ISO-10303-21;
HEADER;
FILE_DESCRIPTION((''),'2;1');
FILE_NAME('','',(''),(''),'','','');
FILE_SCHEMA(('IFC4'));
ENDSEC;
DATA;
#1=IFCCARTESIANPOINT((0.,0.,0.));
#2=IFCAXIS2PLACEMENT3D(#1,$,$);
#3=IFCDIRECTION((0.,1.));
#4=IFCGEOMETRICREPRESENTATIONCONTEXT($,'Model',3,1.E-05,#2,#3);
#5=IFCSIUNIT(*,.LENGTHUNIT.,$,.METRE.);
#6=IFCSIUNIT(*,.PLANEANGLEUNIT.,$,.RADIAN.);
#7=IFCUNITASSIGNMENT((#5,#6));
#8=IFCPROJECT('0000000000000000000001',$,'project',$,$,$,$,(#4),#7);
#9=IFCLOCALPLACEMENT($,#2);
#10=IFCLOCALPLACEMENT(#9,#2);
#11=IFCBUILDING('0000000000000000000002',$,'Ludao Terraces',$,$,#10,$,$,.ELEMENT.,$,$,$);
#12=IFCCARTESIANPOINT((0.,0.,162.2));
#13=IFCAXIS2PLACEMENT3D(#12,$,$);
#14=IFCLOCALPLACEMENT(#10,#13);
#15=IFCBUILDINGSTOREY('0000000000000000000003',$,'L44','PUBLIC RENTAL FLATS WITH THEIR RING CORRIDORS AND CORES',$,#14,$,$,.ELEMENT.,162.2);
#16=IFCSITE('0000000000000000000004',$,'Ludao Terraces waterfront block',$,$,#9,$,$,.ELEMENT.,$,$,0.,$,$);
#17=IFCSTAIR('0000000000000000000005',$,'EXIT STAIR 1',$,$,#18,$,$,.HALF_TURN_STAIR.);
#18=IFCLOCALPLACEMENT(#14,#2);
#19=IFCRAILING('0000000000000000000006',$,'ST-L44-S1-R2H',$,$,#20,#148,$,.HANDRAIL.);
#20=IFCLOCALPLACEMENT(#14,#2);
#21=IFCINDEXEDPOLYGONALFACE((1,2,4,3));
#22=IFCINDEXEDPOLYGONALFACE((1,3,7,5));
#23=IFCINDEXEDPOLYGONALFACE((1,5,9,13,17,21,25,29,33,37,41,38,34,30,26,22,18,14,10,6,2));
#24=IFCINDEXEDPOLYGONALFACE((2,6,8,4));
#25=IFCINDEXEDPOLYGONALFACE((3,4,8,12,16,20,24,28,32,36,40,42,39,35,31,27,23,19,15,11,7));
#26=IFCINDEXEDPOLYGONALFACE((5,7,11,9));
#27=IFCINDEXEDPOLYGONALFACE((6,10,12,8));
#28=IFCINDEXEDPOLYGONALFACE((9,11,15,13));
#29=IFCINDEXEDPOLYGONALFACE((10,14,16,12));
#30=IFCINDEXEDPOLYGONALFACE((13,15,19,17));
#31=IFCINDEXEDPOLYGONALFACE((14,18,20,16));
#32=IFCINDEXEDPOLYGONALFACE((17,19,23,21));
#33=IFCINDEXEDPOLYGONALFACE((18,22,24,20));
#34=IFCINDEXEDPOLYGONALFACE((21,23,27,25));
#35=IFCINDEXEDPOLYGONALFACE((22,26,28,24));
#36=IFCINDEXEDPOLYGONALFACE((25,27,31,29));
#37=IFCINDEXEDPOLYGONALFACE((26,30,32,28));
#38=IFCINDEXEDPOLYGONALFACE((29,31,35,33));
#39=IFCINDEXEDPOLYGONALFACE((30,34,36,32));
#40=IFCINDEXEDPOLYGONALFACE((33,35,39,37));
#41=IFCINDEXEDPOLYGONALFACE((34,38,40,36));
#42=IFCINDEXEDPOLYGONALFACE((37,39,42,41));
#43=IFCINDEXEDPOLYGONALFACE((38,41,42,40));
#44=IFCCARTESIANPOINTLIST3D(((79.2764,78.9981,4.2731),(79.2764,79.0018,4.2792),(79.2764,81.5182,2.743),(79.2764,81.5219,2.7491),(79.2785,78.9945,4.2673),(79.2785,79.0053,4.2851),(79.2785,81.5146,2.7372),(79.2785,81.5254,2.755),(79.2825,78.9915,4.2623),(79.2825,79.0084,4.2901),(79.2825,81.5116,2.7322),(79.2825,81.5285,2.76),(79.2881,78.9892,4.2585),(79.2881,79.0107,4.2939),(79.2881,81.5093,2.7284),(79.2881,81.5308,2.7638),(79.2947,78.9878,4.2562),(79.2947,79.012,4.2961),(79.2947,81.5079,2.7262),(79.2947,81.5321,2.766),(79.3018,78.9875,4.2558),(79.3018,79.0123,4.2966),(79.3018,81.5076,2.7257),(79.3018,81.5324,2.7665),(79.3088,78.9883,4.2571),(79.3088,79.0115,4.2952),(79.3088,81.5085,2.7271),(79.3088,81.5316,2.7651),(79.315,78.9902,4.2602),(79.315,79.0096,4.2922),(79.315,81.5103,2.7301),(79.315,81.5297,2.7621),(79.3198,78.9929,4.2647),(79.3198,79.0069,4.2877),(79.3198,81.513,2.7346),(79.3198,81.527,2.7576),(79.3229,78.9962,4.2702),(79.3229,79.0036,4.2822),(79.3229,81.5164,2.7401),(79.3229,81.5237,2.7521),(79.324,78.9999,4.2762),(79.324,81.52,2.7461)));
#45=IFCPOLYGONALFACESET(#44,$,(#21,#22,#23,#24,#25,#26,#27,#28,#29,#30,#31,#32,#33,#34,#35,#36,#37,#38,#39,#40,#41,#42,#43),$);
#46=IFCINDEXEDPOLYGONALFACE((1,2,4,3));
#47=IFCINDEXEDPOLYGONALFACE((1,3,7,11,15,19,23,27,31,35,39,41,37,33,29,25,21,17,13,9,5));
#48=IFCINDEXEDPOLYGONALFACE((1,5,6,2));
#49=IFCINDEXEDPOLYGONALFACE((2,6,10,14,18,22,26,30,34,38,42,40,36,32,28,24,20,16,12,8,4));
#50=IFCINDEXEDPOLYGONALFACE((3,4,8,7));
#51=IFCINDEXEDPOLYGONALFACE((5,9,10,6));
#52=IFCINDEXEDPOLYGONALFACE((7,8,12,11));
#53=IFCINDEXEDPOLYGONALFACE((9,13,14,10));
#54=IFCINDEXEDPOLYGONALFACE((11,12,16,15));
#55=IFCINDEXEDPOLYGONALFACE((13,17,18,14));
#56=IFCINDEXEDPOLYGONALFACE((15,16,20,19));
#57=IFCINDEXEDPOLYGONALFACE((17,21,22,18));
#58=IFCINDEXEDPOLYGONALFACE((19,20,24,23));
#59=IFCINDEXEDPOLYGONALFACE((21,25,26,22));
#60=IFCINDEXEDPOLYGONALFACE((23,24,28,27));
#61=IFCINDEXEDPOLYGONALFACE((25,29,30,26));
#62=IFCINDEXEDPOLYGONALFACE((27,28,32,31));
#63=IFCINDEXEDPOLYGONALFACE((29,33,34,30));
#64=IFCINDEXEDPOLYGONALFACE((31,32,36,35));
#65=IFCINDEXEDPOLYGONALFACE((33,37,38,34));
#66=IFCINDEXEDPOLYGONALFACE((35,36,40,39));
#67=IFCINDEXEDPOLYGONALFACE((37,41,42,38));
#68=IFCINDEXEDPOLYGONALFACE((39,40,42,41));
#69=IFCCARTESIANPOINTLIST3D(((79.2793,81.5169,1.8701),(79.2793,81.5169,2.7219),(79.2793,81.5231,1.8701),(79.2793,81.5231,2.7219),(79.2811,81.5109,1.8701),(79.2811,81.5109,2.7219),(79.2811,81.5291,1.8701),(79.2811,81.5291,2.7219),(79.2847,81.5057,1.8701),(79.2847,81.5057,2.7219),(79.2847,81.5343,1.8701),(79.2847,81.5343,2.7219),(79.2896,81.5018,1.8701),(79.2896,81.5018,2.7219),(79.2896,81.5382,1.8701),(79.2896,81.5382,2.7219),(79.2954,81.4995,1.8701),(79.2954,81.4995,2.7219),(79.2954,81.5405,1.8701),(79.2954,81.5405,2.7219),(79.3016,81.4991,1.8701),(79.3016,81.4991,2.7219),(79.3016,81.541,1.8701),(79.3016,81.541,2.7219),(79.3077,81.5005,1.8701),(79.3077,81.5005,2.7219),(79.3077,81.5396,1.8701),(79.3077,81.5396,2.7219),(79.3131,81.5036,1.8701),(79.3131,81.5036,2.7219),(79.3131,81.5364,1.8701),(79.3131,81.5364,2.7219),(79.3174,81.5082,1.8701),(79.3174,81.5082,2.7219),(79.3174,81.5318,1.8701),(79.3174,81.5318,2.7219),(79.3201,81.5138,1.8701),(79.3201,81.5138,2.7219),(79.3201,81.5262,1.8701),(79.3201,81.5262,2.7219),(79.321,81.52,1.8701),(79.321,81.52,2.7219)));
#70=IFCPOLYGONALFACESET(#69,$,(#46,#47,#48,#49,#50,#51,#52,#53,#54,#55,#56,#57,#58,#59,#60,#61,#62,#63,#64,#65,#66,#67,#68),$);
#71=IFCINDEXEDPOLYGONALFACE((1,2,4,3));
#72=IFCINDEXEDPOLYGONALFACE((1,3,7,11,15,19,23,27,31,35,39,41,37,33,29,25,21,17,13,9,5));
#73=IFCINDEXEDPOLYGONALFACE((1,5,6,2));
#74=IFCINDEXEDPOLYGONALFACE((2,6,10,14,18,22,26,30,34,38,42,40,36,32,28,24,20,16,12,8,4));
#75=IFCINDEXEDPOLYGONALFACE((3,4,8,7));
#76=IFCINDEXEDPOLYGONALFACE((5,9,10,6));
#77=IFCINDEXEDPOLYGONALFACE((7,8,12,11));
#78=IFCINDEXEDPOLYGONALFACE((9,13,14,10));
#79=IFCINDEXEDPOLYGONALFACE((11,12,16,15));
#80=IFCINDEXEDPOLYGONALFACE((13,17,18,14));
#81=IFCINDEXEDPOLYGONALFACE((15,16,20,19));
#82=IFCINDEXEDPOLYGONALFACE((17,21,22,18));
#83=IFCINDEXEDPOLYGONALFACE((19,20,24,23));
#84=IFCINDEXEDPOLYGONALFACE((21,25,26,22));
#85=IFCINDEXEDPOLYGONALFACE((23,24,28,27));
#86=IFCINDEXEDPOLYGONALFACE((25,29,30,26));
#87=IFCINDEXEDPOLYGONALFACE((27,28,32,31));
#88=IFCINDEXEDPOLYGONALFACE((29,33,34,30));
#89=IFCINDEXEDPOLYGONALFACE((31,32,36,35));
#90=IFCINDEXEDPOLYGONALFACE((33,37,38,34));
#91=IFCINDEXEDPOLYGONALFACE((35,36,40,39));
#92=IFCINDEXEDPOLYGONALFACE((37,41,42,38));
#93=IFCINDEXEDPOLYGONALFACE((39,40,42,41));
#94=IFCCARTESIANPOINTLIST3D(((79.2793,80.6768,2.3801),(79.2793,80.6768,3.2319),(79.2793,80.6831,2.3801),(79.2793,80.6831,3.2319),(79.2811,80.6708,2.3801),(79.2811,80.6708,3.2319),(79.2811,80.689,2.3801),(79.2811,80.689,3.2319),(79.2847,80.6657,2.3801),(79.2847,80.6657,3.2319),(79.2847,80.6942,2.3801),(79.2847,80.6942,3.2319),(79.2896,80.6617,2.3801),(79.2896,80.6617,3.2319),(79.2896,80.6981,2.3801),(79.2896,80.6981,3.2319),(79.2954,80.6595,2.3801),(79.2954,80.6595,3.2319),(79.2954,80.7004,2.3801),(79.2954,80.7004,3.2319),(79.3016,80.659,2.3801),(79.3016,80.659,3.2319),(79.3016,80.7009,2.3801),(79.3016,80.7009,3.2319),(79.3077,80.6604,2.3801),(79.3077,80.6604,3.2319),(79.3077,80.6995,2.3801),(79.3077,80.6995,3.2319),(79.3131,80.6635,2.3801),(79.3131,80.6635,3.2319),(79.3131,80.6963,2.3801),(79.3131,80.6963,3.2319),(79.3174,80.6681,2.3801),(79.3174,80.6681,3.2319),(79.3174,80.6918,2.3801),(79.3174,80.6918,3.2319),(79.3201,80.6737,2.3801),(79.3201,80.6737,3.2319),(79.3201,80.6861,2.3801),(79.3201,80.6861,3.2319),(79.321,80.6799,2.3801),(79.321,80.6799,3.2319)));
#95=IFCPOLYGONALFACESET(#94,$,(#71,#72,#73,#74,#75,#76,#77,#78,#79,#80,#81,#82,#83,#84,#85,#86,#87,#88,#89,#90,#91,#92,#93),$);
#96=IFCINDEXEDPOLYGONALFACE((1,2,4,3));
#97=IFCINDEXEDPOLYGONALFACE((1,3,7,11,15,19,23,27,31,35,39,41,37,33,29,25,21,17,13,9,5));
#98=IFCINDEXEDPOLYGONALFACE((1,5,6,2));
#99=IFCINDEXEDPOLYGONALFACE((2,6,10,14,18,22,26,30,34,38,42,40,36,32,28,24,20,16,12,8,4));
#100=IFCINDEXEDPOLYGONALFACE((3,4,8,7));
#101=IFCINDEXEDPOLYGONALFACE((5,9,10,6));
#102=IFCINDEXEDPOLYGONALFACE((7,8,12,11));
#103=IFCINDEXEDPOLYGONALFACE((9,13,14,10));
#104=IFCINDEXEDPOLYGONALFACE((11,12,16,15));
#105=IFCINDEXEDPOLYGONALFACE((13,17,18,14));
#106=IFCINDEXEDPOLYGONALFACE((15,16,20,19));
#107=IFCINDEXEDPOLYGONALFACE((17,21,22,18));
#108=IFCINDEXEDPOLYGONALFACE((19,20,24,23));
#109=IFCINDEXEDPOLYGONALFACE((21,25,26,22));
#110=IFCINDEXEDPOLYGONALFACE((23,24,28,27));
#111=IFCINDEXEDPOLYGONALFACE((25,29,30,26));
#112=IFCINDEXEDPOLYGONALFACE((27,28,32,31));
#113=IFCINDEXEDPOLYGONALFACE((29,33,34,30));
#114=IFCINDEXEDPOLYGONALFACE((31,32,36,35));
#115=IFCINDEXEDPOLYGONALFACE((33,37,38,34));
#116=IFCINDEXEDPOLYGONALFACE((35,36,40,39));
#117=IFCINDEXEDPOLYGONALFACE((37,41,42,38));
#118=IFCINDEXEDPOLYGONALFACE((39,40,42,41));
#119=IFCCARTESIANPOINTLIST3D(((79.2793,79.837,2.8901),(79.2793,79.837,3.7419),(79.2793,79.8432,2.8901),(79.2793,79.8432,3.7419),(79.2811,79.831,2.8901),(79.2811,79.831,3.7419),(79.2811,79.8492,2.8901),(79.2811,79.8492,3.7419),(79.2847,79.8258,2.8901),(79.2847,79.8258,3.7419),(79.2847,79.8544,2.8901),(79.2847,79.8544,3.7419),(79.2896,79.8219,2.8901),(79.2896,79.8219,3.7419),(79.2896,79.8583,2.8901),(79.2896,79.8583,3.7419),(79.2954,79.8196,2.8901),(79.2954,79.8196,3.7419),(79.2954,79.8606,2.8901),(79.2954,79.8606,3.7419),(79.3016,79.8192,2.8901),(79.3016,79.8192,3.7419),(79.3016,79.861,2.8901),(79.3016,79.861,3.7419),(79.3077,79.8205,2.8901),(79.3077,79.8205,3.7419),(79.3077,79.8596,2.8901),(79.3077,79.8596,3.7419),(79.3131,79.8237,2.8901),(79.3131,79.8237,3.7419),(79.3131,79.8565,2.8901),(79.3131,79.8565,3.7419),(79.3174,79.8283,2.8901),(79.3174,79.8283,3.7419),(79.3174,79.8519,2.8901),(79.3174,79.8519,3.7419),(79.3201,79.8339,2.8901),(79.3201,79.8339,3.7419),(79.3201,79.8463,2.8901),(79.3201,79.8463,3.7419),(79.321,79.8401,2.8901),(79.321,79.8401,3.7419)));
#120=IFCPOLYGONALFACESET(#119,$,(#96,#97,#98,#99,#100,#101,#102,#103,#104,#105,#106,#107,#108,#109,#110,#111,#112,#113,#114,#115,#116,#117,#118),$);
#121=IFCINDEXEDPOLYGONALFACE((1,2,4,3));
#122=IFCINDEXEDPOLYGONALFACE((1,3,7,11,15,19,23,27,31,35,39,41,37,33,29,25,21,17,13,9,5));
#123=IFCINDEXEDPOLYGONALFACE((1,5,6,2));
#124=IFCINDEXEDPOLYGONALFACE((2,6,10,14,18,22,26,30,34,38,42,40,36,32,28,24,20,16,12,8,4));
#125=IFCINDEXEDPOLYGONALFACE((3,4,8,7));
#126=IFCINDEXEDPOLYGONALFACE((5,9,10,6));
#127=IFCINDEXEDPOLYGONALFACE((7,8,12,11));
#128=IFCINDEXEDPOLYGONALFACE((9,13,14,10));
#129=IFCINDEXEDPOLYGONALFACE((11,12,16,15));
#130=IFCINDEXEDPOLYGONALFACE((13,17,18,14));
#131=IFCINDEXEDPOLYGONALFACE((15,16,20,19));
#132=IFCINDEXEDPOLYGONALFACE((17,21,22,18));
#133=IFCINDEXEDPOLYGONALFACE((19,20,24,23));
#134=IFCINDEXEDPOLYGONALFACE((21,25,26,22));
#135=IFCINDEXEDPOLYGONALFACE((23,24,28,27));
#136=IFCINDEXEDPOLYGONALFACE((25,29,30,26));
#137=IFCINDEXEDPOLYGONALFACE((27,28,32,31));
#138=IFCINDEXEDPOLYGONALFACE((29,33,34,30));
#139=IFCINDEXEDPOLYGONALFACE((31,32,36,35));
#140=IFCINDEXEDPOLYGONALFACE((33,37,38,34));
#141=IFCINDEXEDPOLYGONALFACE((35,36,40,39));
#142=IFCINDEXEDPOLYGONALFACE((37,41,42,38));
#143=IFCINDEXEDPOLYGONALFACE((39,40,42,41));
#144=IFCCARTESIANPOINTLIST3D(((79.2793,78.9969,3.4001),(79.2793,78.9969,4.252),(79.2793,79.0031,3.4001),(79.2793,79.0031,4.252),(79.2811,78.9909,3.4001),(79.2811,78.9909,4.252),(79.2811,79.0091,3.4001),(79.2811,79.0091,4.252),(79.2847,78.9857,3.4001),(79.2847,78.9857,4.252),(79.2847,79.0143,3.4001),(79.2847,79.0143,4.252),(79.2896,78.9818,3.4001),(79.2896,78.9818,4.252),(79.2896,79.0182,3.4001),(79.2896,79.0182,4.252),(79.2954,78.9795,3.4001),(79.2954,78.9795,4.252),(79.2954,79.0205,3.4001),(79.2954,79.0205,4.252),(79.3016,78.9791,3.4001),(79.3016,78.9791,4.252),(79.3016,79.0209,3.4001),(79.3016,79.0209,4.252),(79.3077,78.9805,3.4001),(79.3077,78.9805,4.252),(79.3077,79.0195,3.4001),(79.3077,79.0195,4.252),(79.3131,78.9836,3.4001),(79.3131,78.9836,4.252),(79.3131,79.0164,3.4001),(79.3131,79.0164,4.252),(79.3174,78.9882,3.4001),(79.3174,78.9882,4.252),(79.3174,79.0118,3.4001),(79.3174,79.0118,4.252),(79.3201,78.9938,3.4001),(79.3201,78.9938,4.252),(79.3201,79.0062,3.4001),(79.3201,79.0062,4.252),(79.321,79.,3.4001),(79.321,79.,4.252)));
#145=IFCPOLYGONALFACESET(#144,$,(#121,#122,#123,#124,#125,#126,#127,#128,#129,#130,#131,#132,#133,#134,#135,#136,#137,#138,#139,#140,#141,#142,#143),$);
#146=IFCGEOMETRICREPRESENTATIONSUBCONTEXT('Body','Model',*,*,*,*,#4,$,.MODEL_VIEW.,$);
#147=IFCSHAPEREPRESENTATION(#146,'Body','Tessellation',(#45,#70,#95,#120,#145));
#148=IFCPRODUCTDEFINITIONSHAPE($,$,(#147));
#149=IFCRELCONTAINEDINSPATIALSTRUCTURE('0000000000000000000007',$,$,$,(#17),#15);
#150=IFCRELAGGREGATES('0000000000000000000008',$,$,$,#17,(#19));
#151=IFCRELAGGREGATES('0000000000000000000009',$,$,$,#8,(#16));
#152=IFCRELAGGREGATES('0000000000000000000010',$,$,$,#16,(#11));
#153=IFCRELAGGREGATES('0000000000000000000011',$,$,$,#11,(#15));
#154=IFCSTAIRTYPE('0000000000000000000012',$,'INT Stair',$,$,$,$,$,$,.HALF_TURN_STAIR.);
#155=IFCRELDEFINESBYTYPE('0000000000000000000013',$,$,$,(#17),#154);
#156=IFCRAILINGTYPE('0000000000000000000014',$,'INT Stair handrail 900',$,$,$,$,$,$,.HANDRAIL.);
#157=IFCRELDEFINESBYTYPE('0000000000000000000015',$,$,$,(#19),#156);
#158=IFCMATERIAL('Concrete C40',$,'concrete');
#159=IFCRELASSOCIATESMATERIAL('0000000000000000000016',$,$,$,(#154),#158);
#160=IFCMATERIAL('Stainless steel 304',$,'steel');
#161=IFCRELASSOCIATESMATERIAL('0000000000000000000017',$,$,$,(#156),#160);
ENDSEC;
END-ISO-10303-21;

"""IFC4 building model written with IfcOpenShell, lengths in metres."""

from ifc_helpers import new_model, si_unit, direction, frame, origin, origin_2d, place, context, subcontext, project, spatial, circle, extrude, material, type_object, element, aggregate, save


model = new_model("IFC4")

# Units and contexts
model_context = context("Model", 3, precision=1e-05, world=origin(), true_north=direction((0.0, 1.0)))
body_context = subcontext(model_context, "Body", "Model", "MODEL_VIEW")
ifc_project = project(units=[si_unit("LENGTHUNIT", "METRE"), si_unit("PLANEANGLEUNIT", "RADIAN")], contexts=[model_context])

# Site, building, storey
site_placement = place(None, origin())
site = spatial("IfcSite", under=ifc_project, at=site_placement, Name="Ludao Terraces waterfront block", CompositionType="ELEMENT", RefElevation=0.0)
building_placement = place(site_placement, origin())
building = spatial("IfcBuilding", under=site, at=building_placement, Name="Ludao Terraces", CompositionType="ELEMENT")
storey_placement = place(building_placement, frame((0.0, 0.0, 162.2)))
storey = spatial("IfcBuildingStorey", under=building, at=storey_placement, Name="L44", Description="PUBLIC RENTAL FLATS WITH THEIR RING CORRIDORS AND CORES", CompositionType="ELEMENT", Elevation=162.2)

# Shared definitions
ifc_material_1 = material(Name="Stainless steel 304", Category="steel")

# Stair, railing
ifc_material_2 = material(Name="Concrete C40", Category="concrete")
stair_type = type_object("IfcStairType", Name="INT Stair", PredefinedType="HALF_TURN_STAIR", material=ifc_material_2)
stair_placement = place(storey_placement, origin())
stair = element("IfcStair", 1, at=stair_placement, inside=storey, type_object=stair_type, Name="EXIT STAIR 1", PredefinedType="HALF_TURN_STAIR")
railing_type_1 = type_object("IfcRailingType", Name="INT Stair handrail 900", PredefinedType="HANDRAIL", material=ifc_material_1)
railing_1_placement = place(storey_placement, frame((79.3, 81.52, 1.8701)))
railing_1 = element("IfcRailing", 2, at=railing_1_placement, type_object=railing_type_1, Name="ST-L44-S1-R2H", PredefinedType="HANDRAIL", context=body_context, shape_type="SweptSolid", body=[
    extrude(circle(Radius=0.0239, at=origin_2d()), frame((0.0, 0.0, 0.876), z_axis=(0.0, -0.854785, 0.518982), x_axis=(1.0, 0.0, 0.0)), (0.0, 0.0, 1.0), 2.9482),
    extrude(circle(Radius=0.021, at=origin_2d()), origin(), (0.0, 0.0, 1.0), 0.8518),
    extrude(circle(Radius=0.021, at=origin_2d()), frame((0.0, -0.8401, 0.51)), (0.0, 0.0, 1.0), 0.8518),
    extrude(circle(Radius=0.021, at=origin_2d()), frame((0.0, -1.6799, 1.02)), (0.0, 0.0, 1.0), 0.8518),
    extrude(circle(Radius=0.021, at=origin_2d()), frame((0.0, -2.52, 1.53)), (0.0, 0.0, 1.0), 0.8518),
])
aggregate(stair, [railing_1])

save(model, "model.ifc")
